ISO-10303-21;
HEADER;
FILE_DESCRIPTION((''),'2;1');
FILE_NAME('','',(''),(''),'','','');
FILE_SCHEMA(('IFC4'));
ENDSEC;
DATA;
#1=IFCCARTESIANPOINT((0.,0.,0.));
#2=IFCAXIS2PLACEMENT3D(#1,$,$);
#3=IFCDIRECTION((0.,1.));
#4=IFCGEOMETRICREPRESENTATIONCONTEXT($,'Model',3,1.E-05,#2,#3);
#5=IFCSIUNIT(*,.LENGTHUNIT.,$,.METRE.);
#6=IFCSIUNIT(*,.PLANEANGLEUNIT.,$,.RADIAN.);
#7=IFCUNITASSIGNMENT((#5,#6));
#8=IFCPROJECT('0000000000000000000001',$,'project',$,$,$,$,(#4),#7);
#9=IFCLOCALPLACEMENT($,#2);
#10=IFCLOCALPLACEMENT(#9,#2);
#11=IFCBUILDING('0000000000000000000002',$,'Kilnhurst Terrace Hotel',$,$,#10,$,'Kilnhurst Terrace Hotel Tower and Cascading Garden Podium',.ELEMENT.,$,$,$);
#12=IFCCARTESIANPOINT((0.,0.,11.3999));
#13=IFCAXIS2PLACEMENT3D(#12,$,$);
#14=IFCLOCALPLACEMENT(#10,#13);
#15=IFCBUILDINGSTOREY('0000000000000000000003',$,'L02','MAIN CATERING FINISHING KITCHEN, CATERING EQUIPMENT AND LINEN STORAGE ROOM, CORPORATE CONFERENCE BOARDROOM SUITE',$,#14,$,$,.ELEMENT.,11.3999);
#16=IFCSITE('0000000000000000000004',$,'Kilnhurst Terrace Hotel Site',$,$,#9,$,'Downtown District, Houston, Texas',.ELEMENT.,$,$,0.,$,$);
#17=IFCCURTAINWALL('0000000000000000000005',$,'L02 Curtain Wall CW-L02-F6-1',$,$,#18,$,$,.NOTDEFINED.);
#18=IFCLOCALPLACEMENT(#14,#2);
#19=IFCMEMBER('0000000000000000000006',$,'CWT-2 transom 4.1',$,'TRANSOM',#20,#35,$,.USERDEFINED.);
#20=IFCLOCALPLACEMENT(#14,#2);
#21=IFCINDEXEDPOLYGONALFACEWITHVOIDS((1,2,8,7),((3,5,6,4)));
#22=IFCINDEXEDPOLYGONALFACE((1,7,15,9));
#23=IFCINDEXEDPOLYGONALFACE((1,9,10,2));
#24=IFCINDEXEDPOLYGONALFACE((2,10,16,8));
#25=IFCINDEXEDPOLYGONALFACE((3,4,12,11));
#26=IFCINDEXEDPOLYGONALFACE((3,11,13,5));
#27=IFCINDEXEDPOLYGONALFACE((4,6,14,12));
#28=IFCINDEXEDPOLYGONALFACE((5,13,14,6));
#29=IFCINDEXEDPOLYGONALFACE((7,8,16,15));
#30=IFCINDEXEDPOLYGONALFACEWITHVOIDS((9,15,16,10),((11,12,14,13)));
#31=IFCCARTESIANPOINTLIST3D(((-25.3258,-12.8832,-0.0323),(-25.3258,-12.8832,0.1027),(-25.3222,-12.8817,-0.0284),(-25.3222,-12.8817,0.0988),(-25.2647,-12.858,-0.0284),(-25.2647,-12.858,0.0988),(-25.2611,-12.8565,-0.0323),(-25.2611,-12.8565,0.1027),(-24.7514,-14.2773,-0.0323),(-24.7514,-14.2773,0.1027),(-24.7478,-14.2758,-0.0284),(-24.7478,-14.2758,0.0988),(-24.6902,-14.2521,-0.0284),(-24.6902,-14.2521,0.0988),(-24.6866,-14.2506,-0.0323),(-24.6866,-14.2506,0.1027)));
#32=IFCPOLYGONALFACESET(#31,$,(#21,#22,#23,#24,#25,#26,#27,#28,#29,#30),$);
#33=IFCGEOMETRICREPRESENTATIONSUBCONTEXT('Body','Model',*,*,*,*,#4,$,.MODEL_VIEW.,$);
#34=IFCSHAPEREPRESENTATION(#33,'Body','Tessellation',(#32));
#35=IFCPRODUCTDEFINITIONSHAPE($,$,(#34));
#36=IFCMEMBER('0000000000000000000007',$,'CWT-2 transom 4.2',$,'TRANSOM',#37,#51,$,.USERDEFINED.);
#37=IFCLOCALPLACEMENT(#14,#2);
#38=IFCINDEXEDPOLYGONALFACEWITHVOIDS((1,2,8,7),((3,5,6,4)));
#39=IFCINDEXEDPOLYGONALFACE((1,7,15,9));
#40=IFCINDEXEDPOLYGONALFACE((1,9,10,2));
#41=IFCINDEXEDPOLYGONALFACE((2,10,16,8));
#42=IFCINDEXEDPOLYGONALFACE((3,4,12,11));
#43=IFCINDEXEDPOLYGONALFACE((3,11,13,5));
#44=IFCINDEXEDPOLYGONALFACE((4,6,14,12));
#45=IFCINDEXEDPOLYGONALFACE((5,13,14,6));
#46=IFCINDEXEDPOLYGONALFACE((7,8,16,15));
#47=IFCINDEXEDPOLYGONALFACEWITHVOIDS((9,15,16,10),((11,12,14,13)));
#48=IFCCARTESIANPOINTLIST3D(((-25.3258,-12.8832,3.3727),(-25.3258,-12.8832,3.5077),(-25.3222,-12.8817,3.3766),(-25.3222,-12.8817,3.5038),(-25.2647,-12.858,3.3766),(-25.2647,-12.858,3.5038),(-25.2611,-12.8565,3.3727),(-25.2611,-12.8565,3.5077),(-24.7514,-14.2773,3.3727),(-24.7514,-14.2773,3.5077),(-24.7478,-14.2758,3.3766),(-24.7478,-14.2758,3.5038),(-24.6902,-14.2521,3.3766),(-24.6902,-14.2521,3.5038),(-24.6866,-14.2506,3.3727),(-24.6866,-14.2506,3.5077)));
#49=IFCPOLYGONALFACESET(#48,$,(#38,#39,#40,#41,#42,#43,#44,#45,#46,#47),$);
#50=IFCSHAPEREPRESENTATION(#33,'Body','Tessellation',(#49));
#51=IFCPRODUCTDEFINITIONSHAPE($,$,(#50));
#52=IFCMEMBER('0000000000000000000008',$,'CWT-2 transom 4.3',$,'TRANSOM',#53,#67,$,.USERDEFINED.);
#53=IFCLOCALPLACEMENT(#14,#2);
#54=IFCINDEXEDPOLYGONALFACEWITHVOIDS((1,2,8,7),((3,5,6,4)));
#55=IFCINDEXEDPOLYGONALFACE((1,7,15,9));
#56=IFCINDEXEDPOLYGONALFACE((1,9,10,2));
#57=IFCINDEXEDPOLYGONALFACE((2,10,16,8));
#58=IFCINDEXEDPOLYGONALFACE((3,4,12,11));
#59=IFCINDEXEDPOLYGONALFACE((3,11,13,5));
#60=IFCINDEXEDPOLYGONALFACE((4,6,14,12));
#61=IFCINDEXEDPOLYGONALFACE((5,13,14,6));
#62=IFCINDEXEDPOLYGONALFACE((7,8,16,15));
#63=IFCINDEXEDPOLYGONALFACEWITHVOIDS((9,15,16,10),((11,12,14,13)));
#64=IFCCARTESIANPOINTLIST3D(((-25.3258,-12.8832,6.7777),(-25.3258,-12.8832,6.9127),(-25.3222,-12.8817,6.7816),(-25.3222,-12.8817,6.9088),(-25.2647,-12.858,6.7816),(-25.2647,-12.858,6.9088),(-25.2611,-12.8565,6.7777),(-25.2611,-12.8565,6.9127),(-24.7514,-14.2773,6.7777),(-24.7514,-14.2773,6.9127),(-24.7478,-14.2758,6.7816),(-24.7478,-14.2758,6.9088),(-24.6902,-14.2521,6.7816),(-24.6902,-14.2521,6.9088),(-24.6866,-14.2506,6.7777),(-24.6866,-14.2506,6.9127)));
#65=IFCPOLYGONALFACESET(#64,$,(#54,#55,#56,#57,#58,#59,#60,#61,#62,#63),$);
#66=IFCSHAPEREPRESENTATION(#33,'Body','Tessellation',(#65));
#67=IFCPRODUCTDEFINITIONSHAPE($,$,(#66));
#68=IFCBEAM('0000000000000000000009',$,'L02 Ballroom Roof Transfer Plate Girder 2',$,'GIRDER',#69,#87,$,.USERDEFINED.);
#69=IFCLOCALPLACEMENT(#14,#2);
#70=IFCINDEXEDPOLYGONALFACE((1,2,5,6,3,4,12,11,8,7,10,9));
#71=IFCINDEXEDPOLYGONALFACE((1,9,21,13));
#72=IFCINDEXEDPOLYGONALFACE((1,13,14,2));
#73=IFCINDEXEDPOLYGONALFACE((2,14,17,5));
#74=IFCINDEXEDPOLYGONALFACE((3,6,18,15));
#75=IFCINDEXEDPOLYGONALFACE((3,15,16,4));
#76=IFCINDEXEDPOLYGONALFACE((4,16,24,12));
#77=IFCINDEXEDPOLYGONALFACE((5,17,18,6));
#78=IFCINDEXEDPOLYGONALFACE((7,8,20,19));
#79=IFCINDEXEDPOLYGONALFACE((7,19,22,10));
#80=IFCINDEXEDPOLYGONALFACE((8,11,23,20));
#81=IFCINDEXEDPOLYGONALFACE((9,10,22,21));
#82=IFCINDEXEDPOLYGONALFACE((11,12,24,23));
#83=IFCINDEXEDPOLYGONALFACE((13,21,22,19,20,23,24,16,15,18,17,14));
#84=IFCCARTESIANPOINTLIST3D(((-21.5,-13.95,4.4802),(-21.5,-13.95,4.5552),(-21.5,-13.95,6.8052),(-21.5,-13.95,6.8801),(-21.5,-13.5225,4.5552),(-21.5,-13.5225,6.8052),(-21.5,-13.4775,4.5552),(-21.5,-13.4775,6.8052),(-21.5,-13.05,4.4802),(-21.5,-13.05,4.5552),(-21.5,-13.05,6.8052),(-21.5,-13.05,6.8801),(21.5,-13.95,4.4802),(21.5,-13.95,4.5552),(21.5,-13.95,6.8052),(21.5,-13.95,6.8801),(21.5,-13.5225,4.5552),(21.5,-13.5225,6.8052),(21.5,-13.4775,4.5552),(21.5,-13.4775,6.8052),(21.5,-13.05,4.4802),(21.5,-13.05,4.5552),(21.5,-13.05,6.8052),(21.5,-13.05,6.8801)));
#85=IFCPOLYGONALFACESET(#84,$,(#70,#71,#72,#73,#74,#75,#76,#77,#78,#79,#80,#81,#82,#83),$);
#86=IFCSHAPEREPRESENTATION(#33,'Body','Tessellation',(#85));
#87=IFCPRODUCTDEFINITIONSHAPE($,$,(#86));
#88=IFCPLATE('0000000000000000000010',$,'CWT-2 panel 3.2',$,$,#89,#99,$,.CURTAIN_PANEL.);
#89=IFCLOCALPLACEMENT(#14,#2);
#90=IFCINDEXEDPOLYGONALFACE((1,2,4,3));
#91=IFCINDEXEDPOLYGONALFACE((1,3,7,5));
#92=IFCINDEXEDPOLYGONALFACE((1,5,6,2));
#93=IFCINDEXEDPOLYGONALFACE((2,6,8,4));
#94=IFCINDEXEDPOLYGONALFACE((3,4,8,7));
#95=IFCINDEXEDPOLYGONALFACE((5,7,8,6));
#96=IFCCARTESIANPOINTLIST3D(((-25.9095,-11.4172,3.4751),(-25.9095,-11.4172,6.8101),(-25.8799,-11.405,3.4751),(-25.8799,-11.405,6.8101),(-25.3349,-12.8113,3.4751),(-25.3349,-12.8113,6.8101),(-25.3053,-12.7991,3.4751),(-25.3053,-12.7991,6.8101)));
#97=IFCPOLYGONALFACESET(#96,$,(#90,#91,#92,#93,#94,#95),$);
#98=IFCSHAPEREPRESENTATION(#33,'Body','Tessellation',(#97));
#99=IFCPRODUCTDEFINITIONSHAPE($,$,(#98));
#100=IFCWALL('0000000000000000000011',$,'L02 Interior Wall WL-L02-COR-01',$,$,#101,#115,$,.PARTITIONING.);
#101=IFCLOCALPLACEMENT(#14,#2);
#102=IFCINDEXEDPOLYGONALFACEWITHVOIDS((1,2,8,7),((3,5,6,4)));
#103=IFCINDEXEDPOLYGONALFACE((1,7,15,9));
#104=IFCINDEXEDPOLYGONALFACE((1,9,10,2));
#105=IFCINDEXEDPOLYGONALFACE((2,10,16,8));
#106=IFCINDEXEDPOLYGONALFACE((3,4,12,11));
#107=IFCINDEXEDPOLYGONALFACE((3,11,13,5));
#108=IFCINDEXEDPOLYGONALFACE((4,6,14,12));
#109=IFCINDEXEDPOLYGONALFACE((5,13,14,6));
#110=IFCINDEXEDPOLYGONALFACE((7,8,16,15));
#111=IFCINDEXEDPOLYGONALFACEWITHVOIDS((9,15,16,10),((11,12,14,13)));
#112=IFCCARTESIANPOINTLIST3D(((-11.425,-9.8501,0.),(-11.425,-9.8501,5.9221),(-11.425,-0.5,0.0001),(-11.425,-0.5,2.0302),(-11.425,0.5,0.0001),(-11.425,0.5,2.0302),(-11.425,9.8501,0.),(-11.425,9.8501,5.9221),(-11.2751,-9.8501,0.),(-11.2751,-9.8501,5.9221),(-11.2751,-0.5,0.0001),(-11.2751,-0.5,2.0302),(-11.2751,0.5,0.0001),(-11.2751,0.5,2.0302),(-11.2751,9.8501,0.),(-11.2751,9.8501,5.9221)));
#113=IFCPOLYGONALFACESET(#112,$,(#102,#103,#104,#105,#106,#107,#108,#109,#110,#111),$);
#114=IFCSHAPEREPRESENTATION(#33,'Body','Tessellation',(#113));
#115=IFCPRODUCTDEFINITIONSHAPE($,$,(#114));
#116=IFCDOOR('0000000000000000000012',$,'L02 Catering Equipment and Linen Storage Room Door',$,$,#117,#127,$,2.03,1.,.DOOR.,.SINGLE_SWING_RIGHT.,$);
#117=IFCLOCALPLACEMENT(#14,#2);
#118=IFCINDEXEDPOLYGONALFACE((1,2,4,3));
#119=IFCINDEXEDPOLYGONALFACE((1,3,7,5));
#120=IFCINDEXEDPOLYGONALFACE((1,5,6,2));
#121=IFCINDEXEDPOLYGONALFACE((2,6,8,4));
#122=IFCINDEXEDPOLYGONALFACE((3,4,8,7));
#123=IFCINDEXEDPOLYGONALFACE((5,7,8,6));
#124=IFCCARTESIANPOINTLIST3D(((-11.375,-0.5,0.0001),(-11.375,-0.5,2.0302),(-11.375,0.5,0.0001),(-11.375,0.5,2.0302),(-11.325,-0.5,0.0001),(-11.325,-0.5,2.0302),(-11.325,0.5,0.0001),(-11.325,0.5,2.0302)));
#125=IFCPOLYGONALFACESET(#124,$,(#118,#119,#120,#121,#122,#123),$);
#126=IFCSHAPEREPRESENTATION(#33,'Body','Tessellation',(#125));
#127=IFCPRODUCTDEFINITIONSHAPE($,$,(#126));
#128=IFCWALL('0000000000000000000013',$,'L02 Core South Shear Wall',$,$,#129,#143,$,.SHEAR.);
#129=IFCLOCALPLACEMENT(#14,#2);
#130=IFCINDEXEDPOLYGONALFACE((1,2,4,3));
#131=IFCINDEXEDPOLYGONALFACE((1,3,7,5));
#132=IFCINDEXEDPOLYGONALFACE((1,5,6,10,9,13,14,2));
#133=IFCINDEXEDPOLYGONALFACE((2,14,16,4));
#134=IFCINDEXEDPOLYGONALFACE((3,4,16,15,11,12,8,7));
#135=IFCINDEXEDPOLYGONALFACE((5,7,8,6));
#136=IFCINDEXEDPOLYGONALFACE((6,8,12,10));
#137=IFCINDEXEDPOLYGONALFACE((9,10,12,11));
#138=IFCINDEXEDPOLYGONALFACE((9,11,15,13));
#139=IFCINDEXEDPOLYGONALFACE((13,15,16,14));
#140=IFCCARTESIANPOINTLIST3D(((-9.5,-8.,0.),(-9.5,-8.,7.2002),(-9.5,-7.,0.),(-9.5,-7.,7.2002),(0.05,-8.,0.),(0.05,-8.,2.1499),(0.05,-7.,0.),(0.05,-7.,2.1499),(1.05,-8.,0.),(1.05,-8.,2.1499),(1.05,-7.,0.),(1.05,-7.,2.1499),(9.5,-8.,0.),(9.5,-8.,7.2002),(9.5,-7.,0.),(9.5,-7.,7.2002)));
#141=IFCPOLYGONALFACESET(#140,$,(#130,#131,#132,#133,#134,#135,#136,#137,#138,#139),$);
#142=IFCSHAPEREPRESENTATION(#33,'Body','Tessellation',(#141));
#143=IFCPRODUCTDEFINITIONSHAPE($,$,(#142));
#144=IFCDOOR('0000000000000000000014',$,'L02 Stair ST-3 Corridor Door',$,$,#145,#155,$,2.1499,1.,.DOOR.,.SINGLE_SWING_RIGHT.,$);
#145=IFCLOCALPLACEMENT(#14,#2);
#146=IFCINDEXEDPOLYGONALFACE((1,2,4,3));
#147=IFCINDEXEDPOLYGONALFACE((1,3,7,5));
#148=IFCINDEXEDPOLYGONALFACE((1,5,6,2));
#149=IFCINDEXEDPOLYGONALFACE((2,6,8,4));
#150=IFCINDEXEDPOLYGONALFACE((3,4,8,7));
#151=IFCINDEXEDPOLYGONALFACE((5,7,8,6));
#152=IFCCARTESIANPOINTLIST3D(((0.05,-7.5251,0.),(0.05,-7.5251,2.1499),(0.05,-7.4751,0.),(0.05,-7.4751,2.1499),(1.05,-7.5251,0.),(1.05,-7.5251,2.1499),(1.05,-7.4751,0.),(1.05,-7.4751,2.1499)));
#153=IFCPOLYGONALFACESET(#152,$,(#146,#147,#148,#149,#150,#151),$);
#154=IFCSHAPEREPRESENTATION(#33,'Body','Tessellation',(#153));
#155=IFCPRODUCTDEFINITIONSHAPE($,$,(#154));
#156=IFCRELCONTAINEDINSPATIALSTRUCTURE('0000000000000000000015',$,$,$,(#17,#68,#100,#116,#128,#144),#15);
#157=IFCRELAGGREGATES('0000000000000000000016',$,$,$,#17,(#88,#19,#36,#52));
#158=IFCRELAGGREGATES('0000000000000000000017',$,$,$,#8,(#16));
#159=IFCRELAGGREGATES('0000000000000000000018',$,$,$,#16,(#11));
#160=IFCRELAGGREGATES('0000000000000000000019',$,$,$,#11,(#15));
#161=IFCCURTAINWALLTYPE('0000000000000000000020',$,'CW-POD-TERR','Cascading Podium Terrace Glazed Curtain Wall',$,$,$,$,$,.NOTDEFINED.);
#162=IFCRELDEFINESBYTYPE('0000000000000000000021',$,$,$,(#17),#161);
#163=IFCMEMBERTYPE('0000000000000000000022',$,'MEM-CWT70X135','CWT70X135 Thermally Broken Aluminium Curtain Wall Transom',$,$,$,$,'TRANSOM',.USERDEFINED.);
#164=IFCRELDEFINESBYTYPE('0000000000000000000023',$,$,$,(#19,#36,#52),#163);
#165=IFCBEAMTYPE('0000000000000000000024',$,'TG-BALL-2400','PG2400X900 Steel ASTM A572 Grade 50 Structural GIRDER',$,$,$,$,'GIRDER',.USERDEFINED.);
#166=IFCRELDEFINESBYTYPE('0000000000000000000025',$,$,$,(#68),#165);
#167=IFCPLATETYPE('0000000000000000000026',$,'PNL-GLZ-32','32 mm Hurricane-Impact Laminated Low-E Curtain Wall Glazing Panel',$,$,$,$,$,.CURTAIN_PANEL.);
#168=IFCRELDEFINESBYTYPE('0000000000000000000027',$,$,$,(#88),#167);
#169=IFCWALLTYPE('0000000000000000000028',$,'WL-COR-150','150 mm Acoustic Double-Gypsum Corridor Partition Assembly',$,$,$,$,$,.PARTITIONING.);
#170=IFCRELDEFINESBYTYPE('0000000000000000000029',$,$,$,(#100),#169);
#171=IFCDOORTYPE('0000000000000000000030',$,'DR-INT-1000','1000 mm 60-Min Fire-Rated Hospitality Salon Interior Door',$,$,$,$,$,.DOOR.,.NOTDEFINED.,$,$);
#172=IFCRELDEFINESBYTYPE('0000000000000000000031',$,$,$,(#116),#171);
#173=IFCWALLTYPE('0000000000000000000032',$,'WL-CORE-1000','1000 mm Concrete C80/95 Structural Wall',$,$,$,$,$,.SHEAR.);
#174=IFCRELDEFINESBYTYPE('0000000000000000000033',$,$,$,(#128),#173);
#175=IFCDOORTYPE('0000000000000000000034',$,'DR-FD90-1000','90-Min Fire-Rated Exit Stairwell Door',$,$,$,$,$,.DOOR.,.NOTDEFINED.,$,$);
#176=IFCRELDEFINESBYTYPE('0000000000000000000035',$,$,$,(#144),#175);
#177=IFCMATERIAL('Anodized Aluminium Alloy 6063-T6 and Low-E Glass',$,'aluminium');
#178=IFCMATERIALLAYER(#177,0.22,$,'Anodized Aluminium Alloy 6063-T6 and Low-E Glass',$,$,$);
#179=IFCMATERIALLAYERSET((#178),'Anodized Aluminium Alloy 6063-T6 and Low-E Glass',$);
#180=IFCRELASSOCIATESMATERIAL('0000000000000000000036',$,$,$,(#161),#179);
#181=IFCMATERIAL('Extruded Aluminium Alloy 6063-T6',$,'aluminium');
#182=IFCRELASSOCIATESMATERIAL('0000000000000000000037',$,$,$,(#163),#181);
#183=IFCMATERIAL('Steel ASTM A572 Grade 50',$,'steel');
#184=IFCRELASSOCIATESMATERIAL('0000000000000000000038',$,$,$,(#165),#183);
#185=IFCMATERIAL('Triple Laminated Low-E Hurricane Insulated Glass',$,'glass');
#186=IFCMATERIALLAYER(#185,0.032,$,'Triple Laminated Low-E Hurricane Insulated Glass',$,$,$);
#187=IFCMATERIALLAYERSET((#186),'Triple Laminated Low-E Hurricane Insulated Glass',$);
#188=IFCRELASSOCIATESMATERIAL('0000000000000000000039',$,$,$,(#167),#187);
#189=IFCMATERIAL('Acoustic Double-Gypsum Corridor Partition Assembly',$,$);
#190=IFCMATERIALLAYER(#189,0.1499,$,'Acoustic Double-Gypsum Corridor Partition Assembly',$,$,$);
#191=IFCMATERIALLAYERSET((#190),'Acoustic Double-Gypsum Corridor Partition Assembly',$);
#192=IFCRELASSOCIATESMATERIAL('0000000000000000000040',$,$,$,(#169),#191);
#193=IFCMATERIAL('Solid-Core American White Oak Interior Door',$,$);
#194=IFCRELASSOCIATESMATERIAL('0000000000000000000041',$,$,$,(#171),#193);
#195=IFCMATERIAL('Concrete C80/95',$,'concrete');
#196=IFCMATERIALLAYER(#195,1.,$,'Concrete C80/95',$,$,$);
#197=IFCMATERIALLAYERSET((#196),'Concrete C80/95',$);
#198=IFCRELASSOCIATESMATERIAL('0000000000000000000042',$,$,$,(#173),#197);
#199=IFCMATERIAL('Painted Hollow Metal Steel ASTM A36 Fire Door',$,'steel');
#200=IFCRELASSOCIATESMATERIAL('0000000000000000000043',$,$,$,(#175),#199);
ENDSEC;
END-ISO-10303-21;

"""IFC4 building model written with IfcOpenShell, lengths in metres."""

from ifc_helpers import new_model, si_unit, direction, frame, frame_2d, origin, origin_2d, place, context, subcontext, project, spatial, rectangle, hollow_rectangle, i_section, extrude, material, layer, layer_set, material_profile, profile_set, type_object, element, fill, aggregate, save


model = new_model("IFC4")

# Units and contexts
model_context = context("Model", 3, precision=1e-05, world=origin(), true_north=direction((0.0, 1.0)))
body_context = subcontext(model_context, "Body", "Model", "MODEL_VIEW")
ifc_project = project(units=[si_unit("LENGTHUNIT", "METRE"), si_unit("PLANEANGLEUNIT", "RADIAN")], contexts=[model_context])

# Site, building, storey
site_placement = place(None, origin())
site = spatial("IfcSite", under=ifc_project, at=site_placement, Name="Kilnhurst Terrace Hotel Site", LongName="Downtown District, Houston, Texas", CompositionType="ELEMENT", RefElevation=0.0)
building_placement = place(site_placement, origin())
building = spatial("IfcBuilding", under=site, at=building_placement, Name="Kilnhurst Terrace Hotel", LongName="Kilnhurst Terrace Hotel Tower and Cascading Garden Podium", CompositionType="ELEMENT")
storey_placement = place(building_placement, frame((0.0, 0.0, 11.3999)))
storey = spatial("IfcBuildingStorey", under=building, at=storey_placement, Name="L02", Description="MAIN CATERING FINISHING KITCHEN, CATERING EQUIPMENT AND LINEN STORAGE ROOM, CORPORATE CONFERENCE BOARDROOM SUITE", CompositionType="ELEMENT", Elevation=11.3999)

# Shared definitions
ifc_material_1 = material(Name="Concrete C80/95", Category="concrete")

# Curtain wall, members
ifc_material_2 = material(Name="Anodized Aluminium Alloy 6063-T6 and Low-E Glass", Category="aluminium")
ifc_layer_1 = layer(ifc_material_2, 0.22, Name="Anodized Aluminium Alloy 6063-T6 and Low-E Glass")
ifc_layer_set_1 = layer_set([ifc_layer_1], Name="Anodized Aluminium Alloy 6063-T6 and Low-E Glass")
curtain_wall_type = type_object("IfcCurtainWallType", Name="CW-POD-TERR", Description="Cascading Podium Terrace Glazed Curtain Wall", PredefinedType="NOTDEFINED", material=ifc_layer_set_1)
curtain_wall_placement = place(storey_placement, origin())
curtain_wall = element("IfcCurtainWall", 1, at=curtain_wall_placement, inside=storey, type_object=curtain_wall_type, Name="L02 Curtain Wall CW-L02-F6-1", PredefinedType="NOTDEFINED")
ifc_material_3 = material(Name="Extruded Aluminium Alloy 6063-T6", Category="aluminium")
ifc_material_profile_1 = material_profile(ifc_material_3, hollow_rectangle(XDim=0.0701, YDim=0.135, WallThickness=0.0039, at=origin_2d()), Name="CWT70X135")
ifc_profile_set_1 = profile_set([ifc_material_profile_1], Name="Extruded Aluminium Alloy 6063-T6")
member_type_1 = type_object("IfcMemberType", Name="MEM-CWT70X135", Description="CWT70X135 Thermally Broken Aluminium Curtain Wall Transom", ElementType="TRANSOM", PredefinedType="USERDEFINED", material=ifc_profile_set_1)
member_1_placement = place(storey_placement, frame((-25.2935, -12.8699, 0.0352), z_axis=(0.381002, -0.924574, 0.0), x_axis=(0.924574, 0.381002, 0.0)))
member_1 = element("IfcMember", 2, at=member_1_placement, type_object=member_type_1, Name="CWT-2 transom 4.1", ObjectType="TRANSOM", PredefinedType="USERDEFINED", context=body_context, shape_type="SweptSolid", body=[
    extrude(hollow_rectangle(XDim=0.0701, YDim=0.135, WallThickness=0.0039, at=origin_2d()), origin(), (0.0, 0.0, 1.0), 1.5078),
])
member_2_placement = place(storey_placement, frame((-25.2935, -12.8699, 3.4402), z_axis=(0.381002, -0.924574, 0.0), x_axis=(0.924574, 0.381002, 0.0)))
member_2 = element("IfcMember", 3, at=member_2_placement, type_object=member_type_1, Name="CWT-2 transom 4.2", ObjectType="TRANSOM", PredefinedType="USERDEFINED", context=body_context, shape_type="SweptSolid", body=[
    extrude(hollow_rectangle(XDim=0.0701, YDim=0.135, WallThickness=0.0039, at=origin_2d()), origin(), (0.0, 0.0, 1.0), 1.5078),
])
member_3_placement = place(storey_placement, frame((-25.2935, -12.8699, 6.8452), z_axis=(0.381002, -0.924574, 0.0), x_axis=(0.924574, 0.381002, 0.0)))
member_3 = element("IfcMember", 4, at=member_3_placement, type_object=member_type_1, Name="CWT-2 transom 4.3", ObjectType="TRANSOM", PredefinedType="USERDEFINED", context=body_context, shape_type="SweptSolid", body=[
    extrude(hollow_rectangle(XDim=0.0701, YDim=0.135, WallThickness=0.0039, at=origin_2d()), origin(), (0.0, 0.0, 1.0), 1.5078),
])

# Beam
ifc_material_4 = material(Name="Steel ASTM A572 Grade 50", Category="steel")
ifc_material_profile_2 = material_profile(ifc_material_4, i_section(OverallWidth=0.8999, OverallDepth=2.3999, WebThickness=0.0449, FlangeThickness=0.075, at=origin_2d()), Name="PG2400X900")
ifc_profile_set_2 = profile_set([ifc_material_profile_2], Name="Steel ASTM A572 Grade 50")
beam_type_1 = type_object("IfcBeamType", Name="TG-BALL-2400", Description="PG2400X900 Steel ASTM A572 Grade 50 Structural GIRDER", ElementType="GIRDER", PredefinedType="USERDEFINED", material=ifc_profile_set_2)
beam_1_placement = place(storey_placement, frame((-21.5, -13.5, 5.6802), z_axis=(1.0, 0.0, 0.0), x_axis=(0.0, 1.0, 0.0)))
element("IfcBeam", 5, at=beam_1_placement, inside=storey, type_object=beam_type_1, Name="L02 Ballroom Roof Transfer Plate Girder 2", ObjectType="GIRDER", PredefinedType="USERDEFINED", context=body_context, shape_type="SweptSolid", body=[
    extrude(i_section(OverallWidth=0.8999, OverallDepth=2.3999, WebThickness=0.0449, FlangeThickness=0.075, at=origin_2d()), origin(), (0.0, 0.0, 1.0), 43.0),
])

# Plate
ifc_material_5 = material(Name="Triple Laminated Low-E Hurricane Insulated Glass", Category="glass")
ifc_layer_2 = layer(ifc_material_5, 0.032, Name="Triple Laminated Low-E Hurricane Insulated Glass")
ifc_layer_set_2 = layer_set([ifc_layer_2], Name="Triple Laminated Low-E Hurricane Insulated Glass")
plate_type = type_object("IfcPlateType", Name="PNL-GLZ-32", Description="32 mm Hurricane-Impact Laminated Low-E Curtain Wall Glazing Panel", PredefinedType="CURTAIN_PANEL", material=ifc_layer_set_2)
plate_placement = place(storey_placement, frame((-25.6074, -12.1082, 3.4751), z_axis=(0.0, 0.0, 1.0), x_axis=(0.381073, -0.924545, 0.0)))
plate = element("IfcPlate", 6, at=plate_placement, type_object=plate_type, Name="CWT-2 panel 3.2", PredefinedType="CURTAIN_PANEL", context=body_context, shape_type="SweptSolid", body=[
    extrude(rectangle(XDim=1.5078, YDim=0.032, at=origin_2d()), origin(), (0.0, 0.0, 1.0), 3.335),
])
aggregate(curtain_wall, [plate, member_1, member_2, member_3])

# Walls, openings, doors
ifc_material_6 = material(Name="Acoustic Double-Gypsum Corridor Partition Assembly")
ifc_layer_3 = layer(ifc_material_6, 0.1499, Name="Acoustic Double-Gypsum Corridor Partition Assembly")
ifc_layer_set_3 = layer_set([ifc_layer_3], Name="Acoustic Double-Gypsum Corridor Partition Assembly")
wall_type_1 = type_object("IfcWallType", Name="WL-COR-150", Description="150 mm Acoustic Double-Gypsum Corridor Partition Assembly", PredefinedType="PARTITIONING", material=ifc_layer_set_3)
wall_1_placement = place(storey_placement, frame((-11.3501, -9.8501, 0.0), z_axis=(0.0, 0.0, 1.0), x_axis=(0.0, 1.0, 0.0)))
wall_1 = element("IfcWall", 7, at=wall_1_placement, inside=storey, type_object=wall_type_1, Name="L02 Interior Wall WL-L02-COR-01", PredefinedType="PARTITIONING", context=body_context, shape_type="SweptSolid", body=[
    extrude(rectangle(XDim=19.7002, YDim=0.1499, at=frame_2d((9.8501, 0.0))), origin(), (0.0, 0.0, 1.0), 5.9221),
])
opening_1_placement = place(wall_1_placement, frame((9.3501, 0.0, 0.0)))
opening_1 = element("IfcOpeningElement", 8, at=opening_1_placement, cuts=wall_1, PredefinedType="OPENING", context=body_context, shape_type="SweptSolid", body=[
    extrude(rectangle(XDim=1.0, YDim=2.03, at=frame_2d((0.5, 1.0151))), frame((0.0, 0.085, 0.0), z_axis=(0.0, -1.0, 0.0), x_axis=(1.0, 0.0, 0.0)), (0.0, 0.0, 1.0), 0.1699),
])
ifc_material_7 = material(Name="Solid-Core American White Oak Interior Door")
door_type_1 = type_object("IfcDoorType", Name="DR-INT-1000", Description="1000 mm 60-Min Fire-Rated Hospitality Salon Interior Door", OperationType="NOTDEFINED", PredefinedType="DOOR", material=ifc_material_7)
door_1_placement = place(opening_1_placement, origin())
door_1 = element("IfcDoor", 9, at=door_1_placement, inside=storey, type_object=door_type_1, Name="L02 Catering Equipment and Linen Storage Room Door", OperationType="SINGLE_SWING_RIGHT", OverallHeight=2.03, OverallWidth=1.0, PredefinedType="DOOR", context=body_context, shape_type="SweptSolid", body=[
    extrude(rectangle(XDim=1.0, YDim=2.03, at=frame_2d((0.5, 1.0151))), frame((0.0, 0.0249, 0.0), z_axis=(0.0, -1.0, 0.0), x_axis=(1.0, 0.0, 0.0)), (0.0, 0.0, 1.0), 0.05),
])
fill(opening_1, door_1)
ifc_layer_4 = layer(ifc_material_1, 1.0, Name="Concrete C80/95")
ifc_layer_set_4 = layer_set([ifc_layer_4], Name="Concrete C80/95")
wall_type_2 = type_object("IfcWallType", Name="WL-CORE-1000", Description="1000 mm Concrete C80/95 Structural Wall", PredefinedType="SHEAR", material=ifc_layer_set_4)
wall_2_placement = place(storey_placement, frame((-9.5, -7.5, 0.0), z_axis=(0.0, 0.0, 1.0), x_axis=(1.0, 0.0, 0.0)))
wall_2 = element("IfcWall", 10, at=wall_2_placement, inside=storey, type_object=wall_type_2, Name="L02 Core South Shear Wall", PredefinedType="SHEAR", context=body_context, shape_type="SweptSolid", body=[
    extrude(rectangle(XDim=19.0, YDim=1.0, at=frame_2d((9.5, 0.0))), origin(), (0.0, 0.0, 1.0), 7.2002),
])
opening_2_placement = place(wall_2_placement, frame((9.55, 0.0, 0.0)))
opening_2 = element("IfcOpeningElement", 11, at=opening_2_placement, cuts=wall_2, PredefinedType="OPENING", context=body_context, shape_type="SweptSolid", body=[
    extrude(rectangle(XDim=1.0, YDim=2.1499, at=frame_2d((0.5, 1.075))), frame((0.0, 0.51, 0.0), z_axis=(0.0, -1.0, 0.0), x_axis=(1.0, 0.0, 0.0)), (0.0, 0.0, 1.0), 1.02),
])
ifc_material_8 = material(Name="Painted Hollow Metal Steel ASTM A36 Fire Door", Category="steel")
door_type_2 = type_object("IfcDoorType", Name="DR-FD90-1000", Description="90-Min Fire-Rated Exit Stairwell Door", OperationType="NOTDEFINED", PredefinedType="DOOR", material=ifc_material_8)
door_2_placement = place(opening_2_placement, origin())
door_2 = element("IfcDoor", 12, at=door_2_placement, inside=storey, type_object=door_type_2, Name="L02 Stair ST-3 Corridor Door", OperationType="SINGLE_SWING_RIGHT", OverallHeight=2.1499, OverallWidth=1.0, PredefinedType="DOOR", context=body_context, shape_type="SweptSolid", body=[
    extrude(rectangle(XDim=1.0, YDim=2.1499, at=frame_2d((0.5, 1.075))), frame((0.0, 0.0249, 0.0), z_axis=(0.0, -1.0, 0.0), x_axis=(1.0, 0.0, 0.0)), (0.0, 0.0, 1.0), 0.05),
])
fill(opening_2, door_2)

save(model, "model.ifc")
